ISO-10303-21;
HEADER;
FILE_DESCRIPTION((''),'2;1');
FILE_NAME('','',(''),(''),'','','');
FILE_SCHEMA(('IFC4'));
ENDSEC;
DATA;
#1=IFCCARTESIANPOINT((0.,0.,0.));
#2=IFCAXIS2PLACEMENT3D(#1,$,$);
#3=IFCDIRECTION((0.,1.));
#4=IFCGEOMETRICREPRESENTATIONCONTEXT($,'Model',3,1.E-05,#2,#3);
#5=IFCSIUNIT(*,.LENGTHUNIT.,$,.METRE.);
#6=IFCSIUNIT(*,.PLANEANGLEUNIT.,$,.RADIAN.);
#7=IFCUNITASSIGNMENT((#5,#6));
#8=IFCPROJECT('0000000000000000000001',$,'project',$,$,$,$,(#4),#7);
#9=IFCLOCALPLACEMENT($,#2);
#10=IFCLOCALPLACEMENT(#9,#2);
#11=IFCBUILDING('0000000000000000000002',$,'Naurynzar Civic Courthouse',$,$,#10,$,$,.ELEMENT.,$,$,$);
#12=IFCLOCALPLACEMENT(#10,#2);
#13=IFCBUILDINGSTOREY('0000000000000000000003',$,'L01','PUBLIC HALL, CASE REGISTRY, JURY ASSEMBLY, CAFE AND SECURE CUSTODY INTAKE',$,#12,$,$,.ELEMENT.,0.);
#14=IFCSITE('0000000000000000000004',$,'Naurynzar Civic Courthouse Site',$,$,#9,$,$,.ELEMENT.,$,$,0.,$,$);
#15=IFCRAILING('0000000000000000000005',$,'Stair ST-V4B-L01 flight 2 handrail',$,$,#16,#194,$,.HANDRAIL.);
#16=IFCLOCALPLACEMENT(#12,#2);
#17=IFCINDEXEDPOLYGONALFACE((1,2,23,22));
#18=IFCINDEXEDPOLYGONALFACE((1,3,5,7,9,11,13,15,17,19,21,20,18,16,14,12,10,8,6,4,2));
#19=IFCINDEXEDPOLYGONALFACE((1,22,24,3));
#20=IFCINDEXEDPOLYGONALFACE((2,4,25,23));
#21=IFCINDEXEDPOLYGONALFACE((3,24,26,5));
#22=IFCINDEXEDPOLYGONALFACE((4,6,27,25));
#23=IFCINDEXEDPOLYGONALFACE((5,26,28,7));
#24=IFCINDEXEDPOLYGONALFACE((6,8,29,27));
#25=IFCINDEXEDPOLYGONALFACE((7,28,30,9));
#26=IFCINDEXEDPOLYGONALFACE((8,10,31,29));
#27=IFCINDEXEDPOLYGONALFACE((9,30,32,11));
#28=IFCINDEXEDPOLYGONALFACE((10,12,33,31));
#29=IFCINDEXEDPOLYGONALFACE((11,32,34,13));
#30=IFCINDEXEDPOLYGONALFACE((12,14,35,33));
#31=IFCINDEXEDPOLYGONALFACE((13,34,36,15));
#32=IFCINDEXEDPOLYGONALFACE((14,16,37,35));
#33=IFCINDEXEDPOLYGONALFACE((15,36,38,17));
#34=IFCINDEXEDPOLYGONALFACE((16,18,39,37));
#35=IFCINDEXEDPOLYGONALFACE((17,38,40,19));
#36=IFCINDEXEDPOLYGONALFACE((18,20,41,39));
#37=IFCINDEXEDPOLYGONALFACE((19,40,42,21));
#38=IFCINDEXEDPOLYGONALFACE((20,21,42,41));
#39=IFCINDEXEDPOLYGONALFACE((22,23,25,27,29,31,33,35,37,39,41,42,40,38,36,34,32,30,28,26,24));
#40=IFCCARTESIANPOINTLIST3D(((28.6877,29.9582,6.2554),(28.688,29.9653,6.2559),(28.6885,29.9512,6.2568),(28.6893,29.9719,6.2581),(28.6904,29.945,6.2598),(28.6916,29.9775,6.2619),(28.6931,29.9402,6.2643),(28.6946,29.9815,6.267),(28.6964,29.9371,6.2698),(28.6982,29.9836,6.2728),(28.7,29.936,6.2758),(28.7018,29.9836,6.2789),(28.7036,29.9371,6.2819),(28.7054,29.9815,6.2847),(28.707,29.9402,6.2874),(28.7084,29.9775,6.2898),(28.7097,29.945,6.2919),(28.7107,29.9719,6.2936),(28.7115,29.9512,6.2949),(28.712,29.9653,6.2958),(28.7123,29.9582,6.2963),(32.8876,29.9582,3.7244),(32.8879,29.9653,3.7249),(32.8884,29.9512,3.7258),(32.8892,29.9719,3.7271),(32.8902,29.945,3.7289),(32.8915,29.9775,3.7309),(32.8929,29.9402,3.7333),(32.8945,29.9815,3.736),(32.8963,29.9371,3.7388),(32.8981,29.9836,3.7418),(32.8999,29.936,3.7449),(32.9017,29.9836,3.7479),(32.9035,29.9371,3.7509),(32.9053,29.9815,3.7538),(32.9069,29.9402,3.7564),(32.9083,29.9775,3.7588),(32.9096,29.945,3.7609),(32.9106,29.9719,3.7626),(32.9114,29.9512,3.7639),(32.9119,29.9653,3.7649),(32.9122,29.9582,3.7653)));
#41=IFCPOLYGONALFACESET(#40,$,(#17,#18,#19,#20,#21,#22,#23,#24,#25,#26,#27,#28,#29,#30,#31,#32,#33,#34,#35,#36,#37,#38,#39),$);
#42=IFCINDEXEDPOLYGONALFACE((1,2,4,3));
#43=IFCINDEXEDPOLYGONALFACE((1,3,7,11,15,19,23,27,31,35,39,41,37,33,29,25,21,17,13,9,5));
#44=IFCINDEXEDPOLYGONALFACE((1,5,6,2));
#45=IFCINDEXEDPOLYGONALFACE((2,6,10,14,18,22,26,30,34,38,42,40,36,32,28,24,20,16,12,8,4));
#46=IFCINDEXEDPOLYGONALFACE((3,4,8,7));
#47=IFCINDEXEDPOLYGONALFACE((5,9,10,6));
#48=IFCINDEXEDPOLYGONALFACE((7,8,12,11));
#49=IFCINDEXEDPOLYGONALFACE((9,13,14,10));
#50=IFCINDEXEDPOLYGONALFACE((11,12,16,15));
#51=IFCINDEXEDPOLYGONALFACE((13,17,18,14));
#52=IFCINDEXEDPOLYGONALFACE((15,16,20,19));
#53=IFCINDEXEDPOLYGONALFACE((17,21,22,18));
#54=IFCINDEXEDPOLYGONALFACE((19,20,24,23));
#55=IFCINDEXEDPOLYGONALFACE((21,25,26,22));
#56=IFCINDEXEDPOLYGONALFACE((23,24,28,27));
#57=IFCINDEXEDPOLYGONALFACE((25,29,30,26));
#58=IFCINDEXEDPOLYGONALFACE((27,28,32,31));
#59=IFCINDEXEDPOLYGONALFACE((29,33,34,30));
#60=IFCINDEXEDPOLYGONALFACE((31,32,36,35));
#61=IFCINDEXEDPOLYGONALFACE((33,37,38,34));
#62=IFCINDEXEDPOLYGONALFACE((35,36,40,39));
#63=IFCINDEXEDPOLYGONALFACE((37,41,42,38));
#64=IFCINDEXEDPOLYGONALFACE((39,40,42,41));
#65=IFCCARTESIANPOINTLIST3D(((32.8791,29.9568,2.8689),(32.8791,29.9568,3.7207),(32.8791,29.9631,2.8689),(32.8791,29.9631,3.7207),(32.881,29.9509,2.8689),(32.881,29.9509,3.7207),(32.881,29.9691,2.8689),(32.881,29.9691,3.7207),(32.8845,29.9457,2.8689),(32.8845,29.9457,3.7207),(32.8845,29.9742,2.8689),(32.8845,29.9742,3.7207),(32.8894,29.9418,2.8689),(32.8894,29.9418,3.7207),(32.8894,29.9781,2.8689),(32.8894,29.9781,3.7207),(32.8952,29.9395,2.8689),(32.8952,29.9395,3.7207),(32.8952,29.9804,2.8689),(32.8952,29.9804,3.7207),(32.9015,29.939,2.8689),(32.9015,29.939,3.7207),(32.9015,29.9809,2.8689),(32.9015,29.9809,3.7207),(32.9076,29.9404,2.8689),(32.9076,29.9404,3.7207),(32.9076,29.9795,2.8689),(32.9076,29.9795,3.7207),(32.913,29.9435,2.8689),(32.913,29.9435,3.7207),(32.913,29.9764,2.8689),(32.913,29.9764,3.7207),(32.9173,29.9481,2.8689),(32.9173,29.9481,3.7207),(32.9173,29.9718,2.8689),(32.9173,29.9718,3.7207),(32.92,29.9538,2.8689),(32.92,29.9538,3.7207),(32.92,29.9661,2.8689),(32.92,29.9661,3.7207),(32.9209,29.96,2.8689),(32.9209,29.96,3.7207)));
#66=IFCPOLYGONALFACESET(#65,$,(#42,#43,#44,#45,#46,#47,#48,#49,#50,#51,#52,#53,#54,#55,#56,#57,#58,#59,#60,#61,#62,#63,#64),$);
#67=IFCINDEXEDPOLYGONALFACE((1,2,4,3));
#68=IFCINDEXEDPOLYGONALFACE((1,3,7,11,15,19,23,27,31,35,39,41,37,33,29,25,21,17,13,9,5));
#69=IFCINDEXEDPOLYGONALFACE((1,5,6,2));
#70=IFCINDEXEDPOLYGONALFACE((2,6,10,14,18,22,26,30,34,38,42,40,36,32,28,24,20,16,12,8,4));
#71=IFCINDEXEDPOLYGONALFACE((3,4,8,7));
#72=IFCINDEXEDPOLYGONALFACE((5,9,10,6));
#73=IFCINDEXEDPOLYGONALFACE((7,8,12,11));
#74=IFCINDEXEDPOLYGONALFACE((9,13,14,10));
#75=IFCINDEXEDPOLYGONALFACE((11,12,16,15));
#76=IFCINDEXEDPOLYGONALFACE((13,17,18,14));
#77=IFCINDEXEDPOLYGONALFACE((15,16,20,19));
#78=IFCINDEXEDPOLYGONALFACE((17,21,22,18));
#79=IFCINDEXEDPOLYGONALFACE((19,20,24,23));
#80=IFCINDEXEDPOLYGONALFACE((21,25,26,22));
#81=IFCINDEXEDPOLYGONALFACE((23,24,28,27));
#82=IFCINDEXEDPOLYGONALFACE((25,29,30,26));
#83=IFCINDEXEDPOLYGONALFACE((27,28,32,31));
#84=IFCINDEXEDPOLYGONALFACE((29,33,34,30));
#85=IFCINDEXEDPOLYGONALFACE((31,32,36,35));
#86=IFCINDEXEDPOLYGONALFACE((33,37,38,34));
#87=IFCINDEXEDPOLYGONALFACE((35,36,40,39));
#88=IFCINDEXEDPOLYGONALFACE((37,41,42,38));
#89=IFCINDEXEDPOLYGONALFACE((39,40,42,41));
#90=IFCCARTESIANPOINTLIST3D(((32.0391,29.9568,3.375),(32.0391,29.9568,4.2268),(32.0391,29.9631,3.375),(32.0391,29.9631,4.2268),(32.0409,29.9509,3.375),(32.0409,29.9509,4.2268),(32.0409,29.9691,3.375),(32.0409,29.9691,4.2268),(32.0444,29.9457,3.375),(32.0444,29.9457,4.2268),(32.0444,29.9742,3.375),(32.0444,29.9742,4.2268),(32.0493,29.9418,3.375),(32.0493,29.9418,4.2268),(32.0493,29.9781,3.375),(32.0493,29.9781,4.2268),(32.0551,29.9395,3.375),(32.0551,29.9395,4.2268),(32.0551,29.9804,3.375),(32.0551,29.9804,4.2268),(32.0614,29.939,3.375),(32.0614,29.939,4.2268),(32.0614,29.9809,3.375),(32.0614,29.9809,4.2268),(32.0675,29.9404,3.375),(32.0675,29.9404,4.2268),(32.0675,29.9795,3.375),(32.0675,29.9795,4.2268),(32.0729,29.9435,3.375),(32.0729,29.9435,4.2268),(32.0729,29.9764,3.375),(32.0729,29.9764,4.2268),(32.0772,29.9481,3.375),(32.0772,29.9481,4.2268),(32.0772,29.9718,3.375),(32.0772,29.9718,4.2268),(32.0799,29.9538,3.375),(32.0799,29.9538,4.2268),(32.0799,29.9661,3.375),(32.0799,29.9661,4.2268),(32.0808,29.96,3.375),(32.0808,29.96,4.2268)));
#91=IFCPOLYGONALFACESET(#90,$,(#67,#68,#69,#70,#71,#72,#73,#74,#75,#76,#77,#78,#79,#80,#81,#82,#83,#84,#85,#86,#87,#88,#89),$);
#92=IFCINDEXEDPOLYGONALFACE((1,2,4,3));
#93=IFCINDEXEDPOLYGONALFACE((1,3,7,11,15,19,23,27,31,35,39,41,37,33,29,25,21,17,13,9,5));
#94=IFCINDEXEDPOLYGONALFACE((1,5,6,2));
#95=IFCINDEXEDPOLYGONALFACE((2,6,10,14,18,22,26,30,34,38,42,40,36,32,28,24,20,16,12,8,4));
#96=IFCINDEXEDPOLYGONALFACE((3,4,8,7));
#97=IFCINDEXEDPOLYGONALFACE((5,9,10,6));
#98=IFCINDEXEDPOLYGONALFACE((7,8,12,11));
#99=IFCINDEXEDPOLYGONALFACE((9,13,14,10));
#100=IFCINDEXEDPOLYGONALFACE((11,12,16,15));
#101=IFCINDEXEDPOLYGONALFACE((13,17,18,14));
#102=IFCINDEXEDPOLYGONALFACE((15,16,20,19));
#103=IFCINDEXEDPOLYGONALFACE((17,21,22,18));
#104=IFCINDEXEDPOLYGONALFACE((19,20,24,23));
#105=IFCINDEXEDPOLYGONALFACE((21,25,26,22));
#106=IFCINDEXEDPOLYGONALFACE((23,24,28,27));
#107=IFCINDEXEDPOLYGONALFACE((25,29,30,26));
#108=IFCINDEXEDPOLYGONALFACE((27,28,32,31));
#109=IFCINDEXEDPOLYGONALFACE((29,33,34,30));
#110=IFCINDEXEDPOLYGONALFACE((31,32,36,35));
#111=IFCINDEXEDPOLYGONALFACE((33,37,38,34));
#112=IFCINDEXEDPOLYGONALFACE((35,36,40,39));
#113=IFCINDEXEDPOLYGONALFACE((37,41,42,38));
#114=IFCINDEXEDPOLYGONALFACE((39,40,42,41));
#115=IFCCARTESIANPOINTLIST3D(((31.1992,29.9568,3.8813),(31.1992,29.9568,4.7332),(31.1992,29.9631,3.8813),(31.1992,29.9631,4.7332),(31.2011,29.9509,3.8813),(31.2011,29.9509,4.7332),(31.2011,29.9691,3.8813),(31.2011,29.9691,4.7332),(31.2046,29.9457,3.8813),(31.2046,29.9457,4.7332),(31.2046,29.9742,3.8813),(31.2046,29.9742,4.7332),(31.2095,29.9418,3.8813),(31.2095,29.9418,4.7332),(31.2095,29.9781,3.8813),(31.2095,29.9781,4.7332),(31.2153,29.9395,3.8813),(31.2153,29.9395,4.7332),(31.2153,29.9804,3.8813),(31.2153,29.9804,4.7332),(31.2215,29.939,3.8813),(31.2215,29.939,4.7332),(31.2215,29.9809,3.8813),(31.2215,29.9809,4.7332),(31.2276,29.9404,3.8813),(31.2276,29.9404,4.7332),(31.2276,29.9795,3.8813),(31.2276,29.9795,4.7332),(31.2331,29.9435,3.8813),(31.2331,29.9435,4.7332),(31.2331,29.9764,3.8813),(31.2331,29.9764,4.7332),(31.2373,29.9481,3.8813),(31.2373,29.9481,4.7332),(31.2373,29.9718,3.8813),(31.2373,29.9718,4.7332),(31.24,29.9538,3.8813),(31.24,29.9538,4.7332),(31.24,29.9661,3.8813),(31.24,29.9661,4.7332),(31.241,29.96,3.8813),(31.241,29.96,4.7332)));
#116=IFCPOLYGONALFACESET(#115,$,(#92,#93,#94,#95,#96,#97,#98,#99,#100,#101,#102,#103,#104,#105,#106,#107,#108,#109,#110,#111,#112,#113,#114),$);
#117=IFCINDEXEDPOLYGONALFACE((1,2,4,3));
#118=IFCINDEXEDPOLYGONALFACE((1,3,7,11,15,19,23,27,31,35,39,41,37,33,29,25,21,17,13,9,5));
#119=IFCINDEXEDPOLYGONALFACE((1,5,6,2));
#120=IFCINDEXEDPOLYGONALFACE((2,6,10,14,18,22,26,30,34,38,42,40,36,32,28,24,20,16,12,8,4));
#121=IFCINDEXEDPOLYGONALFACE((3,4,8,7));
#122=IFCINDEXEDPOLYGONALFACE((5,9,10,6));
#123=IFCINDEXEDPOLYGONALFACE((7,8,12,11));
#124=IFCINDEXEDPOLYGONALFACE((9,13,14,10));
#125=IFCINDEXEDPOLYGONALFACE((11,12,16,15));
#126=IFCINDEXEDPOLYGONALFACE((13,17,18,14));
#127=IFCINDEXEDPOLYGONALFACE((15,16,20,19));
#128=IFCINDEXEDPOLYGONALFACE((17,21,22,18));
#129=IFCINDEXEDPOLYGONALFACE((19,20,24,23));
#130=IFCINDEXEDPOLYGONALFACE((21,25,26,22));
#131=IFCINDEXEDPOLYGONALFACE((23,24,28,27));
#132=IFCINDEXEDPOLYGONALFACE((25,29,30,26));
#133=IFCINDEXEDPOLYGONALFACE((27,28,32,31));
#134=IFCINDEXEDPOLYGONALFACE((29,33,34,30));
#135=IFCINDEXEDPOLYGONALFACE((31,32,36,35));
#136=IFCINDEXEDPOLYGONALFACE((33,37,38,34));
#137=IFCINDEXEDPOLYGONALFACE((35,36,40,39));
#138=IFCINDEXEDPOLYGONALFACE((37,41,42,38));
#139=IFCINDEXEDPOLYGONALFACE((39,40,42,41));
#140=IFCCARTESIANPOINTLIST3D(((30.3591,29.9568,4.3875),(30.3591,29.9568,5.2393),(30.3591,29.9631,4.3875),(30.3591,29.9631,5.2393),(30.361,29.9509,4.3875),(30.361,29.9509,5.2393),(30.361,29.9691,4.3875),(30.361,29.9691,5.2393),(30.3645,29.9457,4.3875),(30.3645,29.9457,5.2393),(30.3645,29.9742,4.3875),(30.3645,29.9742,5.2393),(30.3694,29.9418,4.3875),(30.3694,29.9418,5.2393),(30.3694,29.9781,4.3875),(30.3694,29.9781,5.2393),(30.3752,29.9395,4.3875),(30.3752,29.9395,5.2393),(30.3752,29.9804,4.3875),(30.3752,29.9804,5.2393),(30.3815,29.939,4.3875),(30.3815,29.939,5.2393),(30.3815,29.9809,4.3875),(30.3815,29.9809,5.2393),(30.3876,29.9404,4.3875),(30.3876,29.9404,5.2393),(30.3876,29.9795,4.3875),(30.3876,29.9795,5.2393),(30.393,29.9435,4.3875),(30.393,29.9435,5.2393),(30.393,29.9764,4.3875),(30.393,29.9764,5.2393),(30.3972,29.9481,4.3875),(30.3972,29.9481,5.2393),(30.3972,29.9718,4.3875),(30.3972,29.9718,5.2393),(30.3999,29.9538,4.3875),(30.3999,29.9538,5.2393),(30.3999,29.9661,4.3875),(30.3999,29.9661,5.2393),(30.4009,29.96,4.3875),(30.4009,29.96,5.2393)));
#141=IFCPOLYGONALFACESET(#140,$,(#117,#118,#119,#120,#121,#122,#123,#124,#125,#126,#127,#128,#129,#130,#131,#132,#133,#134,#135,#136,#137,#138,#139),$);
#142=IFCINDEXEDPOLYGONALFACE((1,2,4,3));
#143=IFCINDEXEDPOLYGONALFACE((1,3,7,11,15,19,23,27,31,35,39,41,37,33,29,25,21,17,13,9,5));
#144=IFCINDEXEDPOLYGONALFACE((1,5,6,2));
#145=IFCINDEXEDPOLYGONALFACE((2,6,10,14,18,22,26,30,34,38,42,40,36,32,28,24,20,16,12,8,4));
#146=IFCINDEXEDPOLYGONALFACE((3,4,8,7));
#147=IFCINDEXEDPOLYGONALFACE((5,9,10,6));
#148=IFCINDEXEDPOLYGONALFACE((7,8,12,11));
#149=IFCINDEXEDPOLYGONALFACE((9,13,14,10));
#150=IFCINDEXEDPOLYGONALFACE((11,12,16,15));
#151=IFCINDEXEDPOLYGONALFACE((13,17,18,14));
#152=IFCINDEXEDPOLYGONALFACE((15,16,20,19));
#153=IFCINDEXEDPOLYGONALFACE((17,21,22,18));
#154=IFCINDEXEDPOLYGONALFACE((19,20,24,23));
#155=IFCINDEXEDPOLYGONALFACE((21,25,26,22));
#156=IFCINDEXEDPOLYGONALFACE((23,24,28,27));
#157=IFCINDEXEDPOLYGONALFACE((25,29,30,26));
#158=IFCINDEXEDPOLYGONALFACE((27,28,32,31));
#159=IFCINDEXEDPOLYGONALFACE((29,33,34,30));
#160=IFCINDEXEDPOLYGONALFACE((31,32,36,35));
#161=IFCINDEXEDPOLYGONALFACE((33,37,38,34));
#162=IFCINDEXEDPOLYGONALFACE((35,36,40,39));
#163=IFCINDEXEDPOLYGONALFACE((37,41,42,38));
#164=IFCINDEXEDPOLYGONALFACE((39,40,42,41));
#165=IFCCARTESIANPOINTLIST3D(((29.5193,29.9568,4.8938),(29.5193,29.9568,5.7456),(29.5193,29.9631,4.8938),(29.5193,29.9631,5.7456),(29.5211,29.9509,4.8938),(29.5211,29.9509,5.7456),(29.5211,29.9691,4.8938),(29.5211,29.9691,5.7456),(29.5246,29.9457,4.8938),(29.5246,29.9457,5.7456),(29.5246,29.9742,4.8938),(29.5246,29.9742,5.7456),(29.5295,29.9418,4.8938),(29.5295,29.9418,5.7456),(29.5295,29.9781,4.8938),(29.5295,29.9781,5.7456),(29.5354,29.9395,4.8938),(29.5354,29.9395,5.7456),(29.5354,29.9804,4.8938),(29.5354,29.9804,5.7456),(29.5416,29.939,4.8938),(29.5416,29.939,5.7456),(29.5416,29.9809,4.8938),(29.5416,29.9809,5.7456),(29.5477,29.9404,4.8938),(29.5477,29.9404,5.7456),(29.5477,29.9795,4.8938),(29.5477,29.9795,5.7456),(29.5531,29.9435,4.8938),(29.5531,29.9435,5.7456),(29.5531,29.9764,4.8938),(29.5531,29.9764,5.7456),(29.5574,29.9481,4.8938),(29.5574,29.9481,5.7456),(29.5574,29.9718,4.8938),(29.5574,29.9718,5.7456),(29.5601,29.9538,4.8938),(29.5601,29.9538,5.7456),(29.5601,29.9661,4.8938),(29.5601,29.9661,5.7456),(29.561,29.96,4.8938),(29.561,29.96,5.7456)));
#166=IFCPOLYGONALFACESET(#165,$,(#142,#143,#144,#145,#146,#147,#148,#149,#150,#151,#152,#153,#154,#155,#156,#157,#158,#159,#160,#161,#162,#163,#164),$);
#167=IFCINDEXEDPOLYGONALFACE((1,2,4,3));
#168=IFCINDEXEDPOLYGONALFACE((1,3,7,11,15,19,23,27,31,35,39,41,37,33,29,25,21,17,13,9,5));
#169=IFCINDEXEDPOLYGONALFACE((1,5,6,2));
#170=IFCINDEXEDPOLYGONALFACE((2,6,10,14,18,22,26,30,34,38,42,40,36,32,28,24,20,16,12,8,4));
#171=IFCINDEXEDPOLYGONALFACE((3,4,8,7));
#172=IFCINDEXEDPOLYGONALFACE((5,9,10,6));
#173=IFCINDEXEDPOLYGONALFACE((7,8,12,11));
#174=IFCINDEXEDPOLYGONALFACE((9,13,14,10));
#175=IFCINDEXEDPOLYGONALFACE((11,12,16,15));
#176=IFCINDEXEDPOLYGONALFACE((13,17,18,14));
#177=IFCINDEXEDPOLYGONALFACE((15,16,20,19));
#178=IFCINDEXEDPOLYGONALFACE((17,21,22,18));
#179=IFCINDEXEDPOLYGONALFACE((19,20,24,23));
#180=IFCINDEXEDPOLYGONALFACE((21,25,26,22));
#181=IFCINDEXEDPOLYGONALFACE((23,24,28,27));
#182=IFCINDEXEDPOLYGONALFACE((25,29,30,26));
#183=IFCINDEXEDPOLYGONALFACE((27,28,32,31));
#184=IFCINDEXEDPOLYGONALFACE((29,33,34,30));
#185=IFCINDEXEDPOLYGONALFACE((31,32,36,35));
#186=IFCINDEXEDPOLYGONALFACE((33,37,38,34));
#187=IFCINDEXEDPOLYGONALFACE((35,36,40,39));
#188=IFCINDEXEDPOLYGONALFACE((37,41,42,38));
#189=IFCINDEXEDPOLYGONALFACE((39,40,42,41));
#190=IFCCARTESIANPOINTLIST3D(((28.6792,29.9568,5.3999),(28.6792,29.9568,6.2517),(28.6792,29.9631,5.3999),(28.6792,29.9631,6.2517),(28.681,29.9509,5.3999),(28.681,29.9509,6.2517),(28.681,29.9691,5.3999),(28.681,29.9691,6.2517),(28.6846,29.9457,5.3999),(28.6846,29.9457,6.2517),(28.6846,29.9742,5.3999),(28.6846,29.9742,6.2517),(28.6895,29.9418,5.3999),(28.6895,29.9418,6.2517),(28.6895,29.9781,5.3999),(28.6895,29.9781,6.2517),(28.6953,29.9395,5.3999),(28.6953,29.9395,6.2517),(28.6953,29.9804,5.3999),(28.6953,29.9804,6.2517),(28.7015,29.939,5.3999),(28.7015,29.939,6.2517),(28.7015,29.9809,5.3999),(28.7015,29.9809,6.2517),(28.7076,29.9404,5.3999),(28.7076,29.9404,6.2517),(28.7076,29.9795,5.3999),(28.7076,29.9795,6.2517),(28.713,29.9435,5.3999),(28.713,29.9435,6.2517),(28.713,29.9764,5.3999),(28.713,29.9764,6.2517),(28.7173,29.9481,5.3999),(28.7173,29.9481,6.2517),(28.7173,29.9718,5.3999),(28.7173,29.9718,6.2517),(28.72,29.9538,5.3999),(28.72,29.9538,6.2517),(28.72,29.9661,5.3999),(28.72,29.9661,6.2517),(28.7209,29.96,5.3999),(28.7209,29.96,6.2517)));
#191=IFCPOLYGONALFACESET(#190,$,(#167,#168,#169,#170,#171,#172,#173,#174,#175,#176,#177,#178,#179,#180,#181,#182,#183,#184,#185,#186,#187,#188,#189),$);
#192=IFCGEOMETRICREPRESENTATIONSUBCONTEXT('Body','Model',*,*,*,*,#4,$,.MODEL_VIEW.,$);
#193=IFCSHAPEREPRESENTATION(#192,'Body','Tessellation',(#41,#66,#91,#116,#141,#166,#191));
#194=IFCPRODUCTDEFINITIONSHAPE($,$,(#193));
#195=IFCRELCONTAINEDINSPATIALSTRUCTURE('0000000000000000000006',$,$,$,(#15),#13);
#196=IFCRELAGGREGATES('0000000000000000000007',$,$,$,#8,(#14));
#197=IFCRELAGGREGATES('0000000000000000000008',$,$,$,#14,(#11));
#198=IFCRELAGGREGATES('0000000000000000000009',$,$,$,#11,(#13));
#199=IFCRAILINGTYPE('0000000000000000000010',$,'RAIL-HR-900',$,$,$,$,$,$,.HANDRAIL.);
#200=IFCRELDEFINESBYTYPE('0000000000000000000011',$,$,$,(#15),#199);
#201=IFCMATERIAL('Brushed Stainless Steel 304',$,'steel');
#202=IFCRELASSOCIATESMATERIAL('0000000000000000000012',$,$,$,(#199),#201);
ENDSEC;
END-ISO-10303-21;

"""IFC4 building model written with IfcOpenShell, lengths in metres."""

from ifc_helpers import new_model, si_unit, direction, frame, origin, origin_2d, place, context, subcontext, project, spatial, circle, extrude, material, type_object, element, save


model = new_model("IFC4")

# Units and contexts
model_context = context("Model", 3, precision=1e-05, world=origin(), true_north=direction((0.0, 1.0)))
body_context = subcontext(model_context, "Body", "Model", "MODEL_VIEW")
ifc_project = project(units=[si_unit("LENGTHUNIT", "METRE"), si_unit("PLANEANGLEUNIT", "RADIAN")], contexts=[model_context])

# Site, building, storey
site_placement = place(None, origin())
site = spatial("IfcSite", under=ifc_project, at=site_placement, Name="Naurynzar Civic Courthouse Site", CompositionType="ELEMENT", RefElevation=0.0)
building_placement = place(site_placement, origin())
building = spatial("IfcBuilding", under=site, at=building_placement, Name="Naurynzar Civic Courthouse", CompositionType="ELEMENT")
storey_placement = place(building_placement, origin())
storey = spatial("IfcBuildingStorey", under=building, at=storey_placement, Name="L01", Description="PUBLIC HALL, CASE REGISTRY, JURY ASSEMBLY, CAFE AND SECURE CUSTODY INTAKE", CompositionType="ELEMENT", Elevation=0.0)

# Railing
ifc_material_1 = material(Name="Brushed Stainless Steel 304", Category="steel")
railing_type_1 = type_object("IfcRailingType", Name="RAIL-HR-900", PredefinedType="HANDRAIL", material=ifc_material_1)
railing_1_placement = place(storey_placement, frame((32.8999, 29.96, 2.8689)))
element("IfcRailing", 1, at=railing_1_placement, inside=storey, type_object=railing_type_1, Name="Stair ST-V4B-L01 flight 2 handrail", PredefinedType="HANDRAIL", context=body_context, shape_type="SweptSolid", body=[
    extrude(circle(Radius=0.0239, at=origin_2d()), frame((0.0, 0.0, 0.876), z_axis=(-0.856499, 0.0, 0.51615), x_axis=(0.0, -1.0, 0.0)), (0.0, 0.0, 1.0), 4.9036),
    extrude(circle(Radius=0.021, at=origin_2d()), origin(), (0.0, 0.0, 1.0), 0.8518),
    extrude(circle(Radius=0.021, at=origin_2d()), frame((-0.8401, 0.0, 0.5061)), (0.0, 0.0, 1.0), 0.8518),
    extrude(circle(Radius=0.021, at=origin_2d()), frame((-1.6799, 0.0, 1.0125)), (0.0, 0.0, 1.0), 0.8518),
    extrude(circle(Radius=0.021, at=origin_2d()), frame((-2.52, 0.0, 1.5186)), (0.0, 0.0, 1.0), 0.8518),
    extrude(circle(Radius=0.021, at=origin_2d()), frame((-3.3599, 0.0, 2.0249)), (0.0, 0.0, 1.0), 0.8518),
    extrude(circle(Radius=0.021, at=origin_2d()), frame((-4.2, 0.0, 2.531)), (0.0, 0.0, 1.0), 0.8518),
])

save(model, "model.ifc")
